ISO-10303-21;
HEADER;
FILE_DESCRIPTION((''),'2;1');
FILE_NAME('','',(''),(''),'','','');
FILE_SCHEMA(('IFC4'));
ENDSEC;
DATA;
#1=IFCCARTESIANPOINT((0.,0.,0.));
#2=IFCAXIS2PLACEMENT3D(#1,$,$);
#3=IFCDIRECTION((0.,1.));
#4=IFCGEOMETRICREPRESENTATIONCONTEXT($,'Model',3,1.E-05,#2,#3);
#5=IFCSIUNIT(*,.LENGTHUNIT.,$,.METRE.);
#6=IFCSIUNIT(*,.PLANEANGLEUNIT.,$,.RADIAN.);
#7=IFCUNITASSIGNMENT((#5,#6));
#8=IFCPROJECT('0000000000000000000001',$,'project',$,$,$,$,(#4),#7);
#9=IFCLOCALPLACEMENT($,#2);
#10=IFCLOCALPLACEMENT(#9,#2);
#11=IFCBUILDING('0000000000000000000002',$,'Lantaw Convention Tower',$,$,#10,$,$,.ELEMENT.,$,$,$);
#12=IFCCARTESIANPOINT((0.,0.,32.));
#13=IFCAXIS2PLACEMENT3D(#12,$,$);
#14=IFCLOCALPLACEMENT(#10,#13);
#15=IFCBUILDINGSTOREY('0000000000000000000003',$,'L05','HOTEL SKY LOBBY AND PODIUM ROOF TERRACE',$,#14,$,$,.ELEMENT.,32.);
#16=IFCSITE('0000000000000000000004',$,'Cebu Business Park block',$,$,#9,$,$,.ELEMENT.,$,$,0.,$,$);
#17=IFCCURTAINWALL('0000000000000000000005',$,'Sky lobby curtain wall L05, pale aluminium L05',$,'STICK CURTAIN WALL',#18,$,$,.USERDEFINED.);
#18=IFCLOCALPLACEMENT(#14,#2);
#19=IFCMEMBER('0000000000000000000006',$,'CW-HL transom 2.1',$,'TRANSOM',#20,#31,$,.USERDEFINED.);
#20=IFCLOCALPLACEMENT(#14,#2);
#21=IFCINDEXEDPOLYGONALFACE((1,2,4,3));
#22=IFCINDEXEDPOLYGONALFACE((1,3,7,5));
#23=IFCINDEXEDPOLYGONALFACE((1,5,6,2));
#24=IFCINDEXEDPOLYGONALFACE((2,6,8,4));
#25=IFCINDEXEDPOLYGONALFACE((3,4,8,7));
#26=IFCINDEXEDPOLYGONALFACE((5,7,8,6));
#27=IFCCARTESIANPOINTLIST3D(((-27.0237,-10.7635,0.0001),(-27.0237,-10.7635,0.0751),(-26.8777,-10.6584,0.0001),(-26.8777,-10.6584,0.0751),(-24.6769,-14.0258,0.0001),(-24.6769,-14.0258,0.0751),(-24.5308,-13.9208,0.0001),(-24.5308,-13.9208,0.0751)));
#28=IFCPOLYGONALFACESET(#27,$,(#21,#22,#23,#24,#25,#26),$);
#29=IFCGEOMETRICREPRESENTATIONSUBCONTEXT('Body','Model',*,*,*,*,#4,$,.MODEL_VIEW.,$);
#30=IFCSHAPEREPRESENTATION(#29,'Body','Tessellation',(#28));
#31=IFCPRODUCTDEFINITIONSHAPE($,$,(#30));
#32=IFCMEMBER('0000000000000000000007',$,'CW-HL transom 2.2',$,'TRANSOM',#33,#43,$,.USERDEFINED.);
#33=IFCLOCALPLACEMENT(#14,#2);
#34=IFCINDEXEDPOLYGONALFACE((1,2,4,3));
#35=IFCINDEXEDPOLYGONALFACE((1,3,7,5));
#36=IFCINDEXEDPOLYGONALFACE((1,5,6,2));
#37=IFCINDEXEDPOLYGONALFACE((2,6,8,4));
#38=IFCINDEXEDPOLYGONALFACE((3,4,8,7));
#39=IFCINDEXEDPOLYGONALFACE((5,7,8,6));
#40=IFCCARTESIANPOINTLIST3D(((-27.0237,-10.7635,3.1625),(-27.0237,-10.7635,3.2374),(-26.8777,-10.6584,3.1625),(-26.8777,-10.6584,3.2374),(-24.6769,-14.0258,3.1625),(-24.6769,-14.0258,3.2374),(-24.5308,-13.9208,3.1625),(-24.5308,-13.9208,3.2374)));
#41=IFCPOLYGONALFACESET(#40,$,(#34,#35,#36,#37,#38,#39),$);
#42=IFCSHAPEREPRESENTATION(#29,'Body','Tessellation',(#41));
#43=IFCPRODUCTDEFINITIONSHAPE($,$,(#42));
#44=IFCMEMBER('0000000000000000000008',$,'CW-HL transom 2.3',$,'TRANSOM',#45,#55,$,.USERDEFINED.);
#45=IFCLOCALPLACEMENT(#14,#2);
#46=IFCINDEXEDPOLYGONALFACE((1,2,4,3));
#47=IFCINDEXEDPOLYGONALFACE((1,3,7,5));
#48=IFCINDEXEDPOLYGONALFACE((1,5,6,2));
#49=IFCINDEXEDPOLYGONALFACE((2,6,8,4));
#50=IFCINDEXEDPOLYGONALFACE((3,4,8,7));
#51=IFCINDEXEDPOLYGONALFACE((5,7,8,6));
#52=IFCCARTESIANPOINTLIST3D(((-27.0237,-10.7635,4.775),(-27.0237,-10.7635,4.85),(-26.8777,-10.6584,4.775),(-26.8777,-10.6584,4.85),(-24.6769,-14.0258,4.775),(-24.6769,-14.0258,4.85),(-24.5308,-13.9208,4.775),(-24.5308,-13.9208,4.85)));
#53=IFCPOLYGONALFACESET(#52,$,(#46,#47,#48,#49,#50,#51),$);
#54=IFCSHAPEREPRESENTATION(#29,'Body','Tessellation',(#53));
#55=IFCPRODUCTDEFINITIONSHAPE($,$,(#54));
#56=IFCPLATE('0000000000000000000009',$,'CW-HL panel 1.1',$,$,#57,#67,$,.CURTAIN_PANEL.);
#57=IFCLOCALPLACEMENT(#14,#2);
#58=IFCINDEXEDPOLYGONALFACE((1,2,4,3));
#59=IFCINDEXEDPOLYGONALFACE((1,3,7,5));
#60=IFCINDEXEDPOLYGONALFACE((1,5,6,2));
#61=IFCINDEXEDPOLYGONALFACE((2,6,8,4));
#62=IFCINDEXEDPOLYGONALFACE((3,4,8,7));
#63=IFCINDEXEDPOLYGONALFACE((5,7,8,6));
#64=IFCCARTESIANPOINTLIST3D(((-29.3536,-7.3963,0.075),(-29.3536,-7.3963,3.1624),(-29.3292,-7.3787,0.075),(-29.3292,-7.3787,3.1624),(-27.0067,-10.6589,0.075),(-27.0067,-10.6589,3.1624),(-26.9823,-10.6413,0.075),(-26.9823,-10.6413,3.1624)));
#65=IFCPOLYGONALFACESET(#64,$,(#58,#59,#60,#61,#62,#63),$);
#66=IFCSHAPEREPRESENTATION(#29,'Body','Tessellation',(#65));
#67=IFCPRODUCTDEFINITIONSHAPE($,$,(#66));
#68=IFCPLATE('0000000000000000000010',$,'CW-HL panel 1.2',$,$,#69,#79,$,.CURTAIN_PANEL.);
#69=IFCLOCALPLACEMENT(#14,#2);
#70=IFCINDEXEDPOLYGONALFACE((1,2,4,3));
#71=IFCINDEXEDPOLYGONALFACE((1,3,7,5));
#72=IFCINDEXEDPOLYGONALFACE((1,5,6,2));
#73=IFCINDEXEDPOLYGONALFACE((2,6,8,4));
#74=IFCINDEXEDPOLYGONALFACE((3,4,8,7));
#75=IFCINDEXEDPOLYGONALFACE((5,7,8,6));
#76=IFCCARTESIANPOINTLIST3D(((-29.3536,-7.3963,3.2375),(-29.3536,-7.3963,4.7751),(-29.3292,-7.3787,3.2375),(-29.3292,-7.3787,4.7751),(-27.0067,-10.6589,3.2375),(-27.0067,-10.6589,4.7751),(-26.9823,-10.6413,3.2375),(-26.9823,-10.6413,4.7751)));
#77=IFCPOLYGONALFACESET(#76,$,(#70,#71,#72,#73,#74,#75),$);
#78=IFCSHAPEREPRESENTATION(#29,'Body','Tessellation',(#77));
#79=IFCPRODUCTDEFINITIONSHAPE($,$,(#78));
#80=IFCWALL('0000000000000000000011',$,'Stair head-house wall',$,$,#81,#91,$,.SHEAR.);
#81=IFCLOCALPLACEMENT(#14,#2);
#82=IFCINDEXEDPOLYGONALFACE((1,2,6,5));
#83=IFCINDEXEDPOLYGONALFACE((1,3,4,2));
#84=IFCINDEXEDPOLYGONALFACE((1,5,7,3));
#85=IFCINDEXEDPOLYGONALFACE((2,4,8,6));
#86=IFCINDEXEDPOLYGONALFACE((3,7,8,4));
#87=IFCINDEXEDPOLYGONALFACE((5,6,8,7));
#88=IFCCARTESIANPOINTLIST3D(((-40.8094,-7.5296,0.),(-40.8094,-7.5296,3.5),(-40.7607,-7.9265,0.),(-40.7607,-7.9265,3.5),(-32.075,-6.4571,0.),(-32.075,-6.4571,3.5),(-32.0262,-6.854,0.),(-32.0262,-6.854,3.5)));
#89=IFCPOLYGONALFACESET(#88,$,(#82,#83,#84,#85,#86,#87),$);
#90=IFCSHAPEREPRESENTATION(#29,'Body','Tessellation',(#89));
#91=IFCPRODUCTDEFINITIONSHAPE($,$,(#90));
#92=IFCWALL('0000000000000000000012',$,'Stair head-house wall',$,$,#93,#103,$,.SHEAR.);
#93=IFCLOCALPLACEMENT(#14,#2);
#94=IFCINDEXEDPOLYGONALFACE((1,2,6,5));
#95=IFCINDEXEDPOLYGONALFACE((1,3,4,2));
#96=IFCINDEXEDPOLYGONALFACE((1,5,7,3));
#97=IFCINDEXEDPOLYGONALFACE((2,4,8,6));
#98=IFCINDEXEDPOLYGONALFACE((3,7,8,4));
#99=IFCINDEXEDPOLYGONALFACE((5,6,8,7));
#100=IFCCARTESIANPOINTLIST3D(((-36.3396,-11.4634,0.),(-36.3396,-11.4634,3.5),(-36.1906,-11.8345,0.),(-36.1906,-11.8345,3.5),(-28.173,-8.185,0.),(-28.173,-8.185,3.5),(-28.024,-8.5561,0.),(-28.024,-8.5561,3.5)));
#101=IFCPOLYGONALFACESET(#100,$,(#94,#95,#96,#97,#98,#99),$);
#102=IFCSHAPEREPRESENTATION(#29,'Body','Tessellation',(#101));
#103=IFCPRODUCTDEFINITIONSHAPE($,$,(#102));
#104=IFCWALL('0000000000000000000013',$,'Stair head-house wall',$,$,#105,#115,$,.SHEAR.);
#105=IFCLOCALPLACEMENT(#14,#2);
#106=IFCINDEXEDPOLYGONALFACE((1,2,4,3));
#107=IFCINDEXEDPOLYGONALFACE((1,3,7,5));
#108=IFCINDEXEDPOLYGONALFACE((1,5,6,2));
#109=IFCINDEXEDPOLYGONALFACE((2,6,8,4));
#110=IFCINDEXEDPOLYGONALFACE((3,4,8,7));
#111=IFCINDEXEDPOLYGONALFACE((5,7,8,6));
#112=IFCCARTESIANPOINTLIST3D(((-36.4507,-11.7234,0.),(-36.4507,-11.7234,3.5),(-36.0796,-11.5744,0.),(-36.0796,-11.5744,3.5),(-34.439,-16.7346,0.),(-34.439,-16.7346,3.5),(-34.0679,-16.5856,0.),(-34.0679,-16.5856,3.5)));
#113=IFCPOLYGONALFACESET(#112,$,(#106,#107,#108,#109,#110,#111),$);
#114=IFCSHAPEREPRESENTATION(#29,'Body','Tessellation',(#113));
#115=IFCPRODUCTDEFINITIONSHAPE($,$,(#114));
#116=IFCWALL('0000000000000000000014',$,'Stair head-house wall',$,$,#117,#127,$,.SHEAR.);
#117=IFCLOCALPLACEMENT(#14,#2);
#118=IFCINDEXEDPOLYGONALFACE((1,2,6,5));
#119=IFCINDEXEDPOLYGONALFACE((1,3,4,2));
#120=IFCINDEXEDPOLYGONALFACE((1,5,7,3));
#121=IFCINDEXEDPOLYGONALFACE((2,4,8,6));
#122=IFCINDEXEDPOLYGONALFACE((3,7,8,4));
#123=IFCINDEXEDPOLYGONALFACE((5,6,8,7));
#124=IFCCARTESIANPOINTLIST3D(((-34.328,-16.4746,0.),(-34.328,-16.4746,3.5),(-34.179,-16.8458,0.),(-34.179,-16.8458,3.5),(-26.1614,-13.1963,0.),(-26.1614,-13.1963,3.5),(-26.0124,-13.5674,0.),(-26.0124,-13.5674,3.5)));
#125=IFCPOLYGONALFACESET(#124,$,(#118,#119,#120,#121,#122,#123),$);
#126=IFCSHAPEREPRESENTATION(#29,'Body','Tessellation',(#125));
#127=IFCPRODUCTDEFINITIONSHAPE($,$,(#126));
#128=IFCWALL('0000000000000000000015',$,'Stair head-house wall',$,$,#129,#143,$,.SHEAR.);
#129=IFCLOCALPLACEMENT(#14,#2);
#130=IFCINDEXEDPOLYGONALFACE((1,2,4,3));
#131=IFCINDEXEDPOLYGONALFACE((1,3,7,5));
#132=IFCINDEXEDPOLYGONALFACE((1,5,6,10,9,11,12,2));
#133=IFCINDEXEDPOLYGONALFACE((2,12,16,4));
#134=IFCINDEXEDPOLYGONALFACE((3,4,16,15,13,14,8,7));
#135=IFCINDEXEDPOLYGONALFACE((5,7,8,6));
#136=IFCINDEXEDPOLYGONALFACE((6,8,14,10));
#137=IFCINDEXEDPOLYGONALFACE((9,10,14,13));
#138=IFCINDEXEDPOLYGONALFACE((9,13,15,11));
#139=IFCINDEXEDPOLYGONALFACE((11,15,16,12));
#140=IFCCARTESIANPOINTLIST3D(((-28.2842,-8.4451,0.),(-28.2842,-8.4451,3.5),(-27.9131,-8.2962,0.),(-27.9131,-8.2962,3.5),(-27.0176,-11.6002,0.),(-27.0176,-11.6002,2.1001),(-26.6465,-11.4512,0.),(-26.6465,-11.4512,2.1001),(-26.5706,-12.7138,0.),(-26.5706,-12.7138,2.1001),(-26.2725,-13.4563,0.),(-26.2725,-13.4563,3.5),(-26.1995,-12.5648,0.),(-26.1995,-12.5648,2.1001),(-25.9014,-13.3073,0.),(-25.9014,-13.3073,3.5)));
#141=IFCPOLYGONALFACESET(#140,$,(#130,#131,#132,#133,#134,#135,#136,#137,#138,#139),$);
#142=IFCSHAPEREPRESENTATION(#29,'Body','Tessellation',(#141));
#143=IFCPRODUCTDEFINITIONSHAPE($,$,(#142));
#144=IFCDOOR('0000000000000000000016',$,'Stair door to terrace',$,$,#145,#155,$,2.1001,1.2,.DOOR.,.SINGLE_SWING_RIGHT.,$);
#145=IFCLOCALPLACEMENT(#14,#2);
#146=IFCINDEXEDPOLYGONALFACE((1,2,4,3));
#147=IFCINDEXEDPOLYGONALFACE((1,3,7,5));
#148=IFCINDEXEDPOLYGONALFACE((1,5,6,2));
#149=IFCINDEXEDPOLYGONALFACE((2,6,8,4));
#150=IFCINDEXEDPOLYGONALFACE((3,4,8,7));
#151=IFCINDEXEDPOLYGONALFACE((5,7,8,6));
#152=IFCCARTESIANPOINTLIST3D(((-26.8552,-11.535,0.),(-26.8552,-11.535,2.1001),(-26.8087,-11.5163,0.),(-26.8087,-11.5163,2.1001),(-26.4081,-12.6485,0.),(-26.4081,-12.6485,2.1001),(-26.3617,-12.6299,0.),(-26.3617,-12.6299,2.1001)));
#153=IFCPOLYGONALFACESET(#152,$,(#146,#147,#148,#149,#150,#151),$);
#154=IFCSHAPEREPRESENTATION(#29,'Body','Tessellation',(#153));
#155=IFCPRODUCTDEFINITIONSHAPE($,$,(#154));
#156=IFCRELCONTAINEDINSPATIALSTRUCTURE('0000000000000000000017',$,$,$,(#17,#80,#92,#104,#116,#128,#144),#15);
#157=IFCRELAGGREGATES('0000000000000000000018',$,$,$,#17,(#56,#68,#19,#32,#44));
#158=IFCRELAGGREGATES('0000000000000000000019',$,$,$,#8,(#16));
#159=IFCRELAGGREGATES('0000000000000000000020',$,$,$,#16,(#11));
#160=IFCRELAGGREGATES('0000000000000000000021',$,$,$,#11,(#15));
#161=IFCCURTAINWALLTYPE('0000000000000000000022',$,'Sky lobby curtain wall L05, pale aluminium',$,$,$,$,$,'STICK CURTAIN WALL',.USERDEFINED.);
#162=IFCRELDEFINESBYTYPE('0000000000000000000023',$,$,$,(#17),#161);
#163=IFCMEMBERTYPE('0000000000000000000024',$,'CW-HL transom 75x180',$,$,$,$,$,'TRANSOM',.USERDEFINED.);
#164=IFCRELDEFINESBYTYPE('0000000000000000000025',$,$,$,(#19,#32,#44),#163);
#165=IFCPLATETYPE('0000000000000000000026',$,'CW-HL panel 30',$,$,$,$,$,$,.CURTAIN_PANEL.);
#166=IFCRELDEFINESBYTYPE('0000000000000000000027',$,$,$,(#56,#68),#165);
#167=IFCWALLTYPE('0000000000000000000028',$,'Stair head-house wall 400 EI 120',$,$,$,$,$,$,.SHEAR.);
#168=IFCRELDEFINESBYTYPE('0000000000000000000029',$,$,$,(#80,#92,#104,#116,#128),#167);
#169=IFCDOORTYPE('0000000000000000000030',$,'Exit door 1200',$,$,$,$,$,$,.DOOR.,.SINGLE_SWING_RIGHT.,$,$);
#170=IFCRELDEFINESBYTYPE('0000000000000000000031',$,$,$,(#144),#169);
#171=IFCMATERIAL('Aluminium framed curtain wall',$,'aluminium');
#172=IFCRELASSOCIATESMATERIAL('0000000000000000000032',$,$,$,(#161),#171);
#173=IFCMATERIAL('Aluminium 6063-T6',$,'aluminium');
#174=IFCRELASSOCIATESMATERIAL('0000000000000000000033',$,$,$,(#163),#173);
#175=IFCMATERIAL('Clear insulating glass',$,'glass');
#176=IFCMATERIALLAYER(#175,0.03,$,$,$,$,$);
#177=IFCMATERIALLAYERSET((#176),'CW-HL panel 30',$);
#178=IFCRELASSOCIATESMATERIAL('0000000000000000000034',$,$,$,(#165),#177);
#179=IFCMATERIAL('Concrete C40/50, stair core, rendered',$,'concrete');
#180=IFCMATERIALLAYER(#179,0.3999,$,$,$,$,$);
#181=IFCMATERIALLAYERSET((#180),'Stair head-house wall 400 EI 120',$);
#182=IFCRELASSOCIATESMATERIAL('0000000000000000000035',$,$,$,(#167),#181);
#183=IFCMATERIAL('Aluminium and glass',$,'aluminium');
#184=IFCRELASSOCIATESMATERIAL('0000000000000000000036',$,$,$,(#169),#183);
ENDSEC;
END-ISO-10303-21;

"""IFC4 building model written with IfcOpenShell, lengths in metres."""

from ifc_helpers import new_model, si_unit, direction, frame, frame_2d, origin, origin_2d, place, context, subcontext, project, spatial, rectangle, extrude, material, layer, layer_set, material_profile, profile_set, type_object, element, fill, aggregate, save


model = new_model("IFC4")

# Units and contexts
model_context = context("Model", 3, precision=1e-05, world=origin(), true_north=direction((0.0, 1.0)))
body_context = subcontext(model_context, "Body", "Model", "MODEL_VIEW")
ifc_project = project(units=[si_unit("LENGTHUNIT", "METRE"), si_unit("PLANEANGLEUNIT", "RADIAN")], contexts=[model_context])

# Site, building, storey
site_placement = place(None, origin())
site = spatial("IfcSite", under=ifc_project, at=site_placement, Name="Cebu Business Park block", CompositionType="ELEMENT", RefElevation=0.0)
building_placement = place(site_placement, origin())
building = spatial("IfcBuilding", under=site, at=building_placement, Name="Lantaw Convention Tower", CompositionType="ELEMENT")
storey_placement = place(building_placement, frame((0.0, 0.0, 32.0)))
storey = spatial("IfcBuildingStorey", under=building, at=storey_placement, Name="L05", Description="HOTEL SKY LOBBY AND PODIUM ROOF TERRACE", CompositionType="ELEMENT", Elevation=32.0)

# Curtain wall, members, plates
ifc_material_1 = material(Name="Aluminium framed curtain wall", Category="aluminium")
curtain_wall_type = type_object("IfcCurtainWallType", Name="Sky lobby curtain wall L05, pale aluminium", ElementType="STICK CURTAIN WALL", PredefinedType="USERDEFINED", material=ifc_material_1)
curtain_wall_placement = place(storey_placement, origin())
curtain_wall = element("IfcCurtainWall", 1, at=curtain_wall_placement, inside=storey, type_object=curtain_wall_type, Name="Sky lobby curtain wall L05, pale aluminium L05", ObjectType="STICK CURTAIN WALL", PredefinedType="USERDEFINED")
ifc_material_2 = material(Name="Aluminium 6063-T6", Category="aluminium")
ifc_material_profile_1 = material_profile(ifc_material_2, rectangle(XDim=0.1799, YDim=0.075, at=origin_2d()), Name="CW-HL transom 75x180")
ifc_profile_set_1 = profile_set([ifc_material_profile_1], Name="Aluminium 6063-T6")
member_type_1 = type_object("IfcMemberType", Name="CW-HL transom 75x180", ElementType="TRANSOM", PredefinedType="USERDEFINED", material=ifc_profile_set_1)
member_1_placement = place(storey_placement, frame((-26.9507, -10.7109, 0.0376), z_axis=(0.58397, -0.811775, 0.0), x_axis=(0.811775, 0.58397, 0.0)))
member_1 = element("IfcMember", 2, at=member_1_placement, type_object=member_type_1, Name="CW-HL transom 2.1", ObjectType="TRANSOM", PredefinedType="USERDEFINED", context=body_context, shape_type="SweptSolid", body=[
    extrude(rectangle(XDim=0.1799, YDim=0.075, at=origin_2d()), origin(), (0.0, 0.0, 1.0), 4.0188),
])
member_2_placement = place(storey_placement, frame((-26.9507, -10.7109, 3.2), z_axis=(0.58397, -0.811775, 0.0), x_axis=(0.811775, 0.58397, 0.0)))
member_2 = element("IfcMember", 3, at=member_2_placement, type_object=member_type_1, Name="CW-HL transom 2.2", ObjectType="TRANSOM", PredefinedType="USERDEFINED", context=body_context, shape_type="SweptSolid", body=[
    extrude(rectangle(XDim=0.1799, YDim=0.075, at=origin_2d()), origin(), (0.0, 0.0, 1.0), 4.0188),
])
member_3_placement = place(storey_placement, frame((-26.9507, -10.7109, 4.8125), z_axis=(0.58397, -0.811775, 0.0), x_axis=(0.811775, 0.58397, 0.0)))
member_3 = element("IfcMember", 4, at=member_3_placement, type_object=member_type_1, Name="CW-HL transom 2.3", ObjectType="TRANSOM", PredefinedType="USERDEFINED", context=body_context, shape_type="SweptSolid", body=[
    extrude(rectangle(XDim=0.1799, YDim=0.075, at=origin_2d()), origin(), (0.0, 0.0, 1.0), 4.0188),
])
ifc_material_3 = material(Name="Clear insulating glass", Category="glass")
ifc_layer_1 = layer(ifc_material_3, 0.03)
ifc_layer_set_1 = layer_set([ifc_layer_1], Name="CW-HL panel 30")
plate_type = type_object("IfcPlateType", Name="CW-HL panel 30", PredefinedType="CURTAIN_PANEL", material=ifc_layer_set_1)
plate_1_placement = place(storey_placement, frame((-28.168, -9.0188, 0.075), z_axis=(0.0, 0.0, 1.0), x_axis=(0.583951, -0.811789, 0.0)))
plate_1 = element("IfcPlate", 5, at=plate_1_placement, type_object=plate_type, Name="CW-HL panel 1.1", PredefinedType="CURTAIN_PANEL", context=body_context, shape_type="SweptSolid", body=[
    extrude(rectangle(XDim=4.019, YDim=0.03, at=origin_2d()), origin(), (0.0, 0.0, 1.0), 3.0874),
])
plate_2_placement = place(storey_placement, frame((-28.168, -9.0188, 3.2375), z_axis=(0.0, 0.0, 1.0), x_axis=(0.583951, -0.811789, 0.0)))
plate_2 = element("IfcPlate", 6, at=plate_2_placement, type_object=plate_type, Name="CW-HL panel 1.2", PredefinedType="CURTAIN_PANEL", context=body_context, shape_type="SweptSolid", body=[
    extrude(rectangle(XDim=4.019, YDim=0.03, at=origin_2d()), origin(), (0.0, 0.0, 1.0), 1.5376),
])
aggregate(curtain_wall, [plate_1, plate_2, member_1, member_2, member_3])

# Walls
ifc_material_4 = material(Name="Concrete C40/50, stair core, rendered", Category="concrete")
ifc_layer_2 = layer(ifc_material_4, 0.3999)
ifc_layer_set_2 = layer_set([ifc_layer_2], Name="Stair head-house wall 400 EI 120")
wall_type = type_object("IfcWallType", Name="Stair head-house wall 400 EI 120", PredefinedType="SHEAR", material=ifc_layer_set_2)
for number, where, z_axis, x_axis, name in (
    (7, (-40.7849, -7.728, 0.0), (0.0, 0.0, 1.0), (0.992545, 0.121876, 0.0), "Stair head-house wall"),
    (8, (-28.0986, -8.3706, 0.0), (0.0, 0.0, 1.0), (-0.928017, -0.372538, 0.0), "Stair head-house wall"),
):
    element("IfcWall", number, at=place(storey_placement, frame(where, z_axis=z_axis, x_axis=x_axis)), inside=storey, type_object=wall_type, Name=name, PredefinedType="SHEAR", context=body_context, shape_type="SweptSolid", body=[
        extrude(rectangle(XDim=8.8, YDim=0.3999, at=frame_2d((4.3999, 0.0))), origin(), (0.0, 0.0, 1.0), 3.5),
    ])
wall_1_placement = place(storey_placement, frame((-36.2651, -11.6489, 0.0), z_axis=(0.0, 0.0, 1.0), x_axis=(0.372544, -0.928015, 0.0)))
element("IfcWall", 9, at=wall_1_placement, inside=storey, type_object=wall_type, Name="Stair head-house wall", PredefinedType="SHEAR", context=body_context, shape_type="SweptSolid", body=[
    extrude(rectangle(XDim=5.3999, YDim=0.3999, at=frame_2d((2.7, 0.0))), origin(), (0.0, 0.0, 1.0), 3.5),
])
wall_2_placement = place(storey_placement, frame((-34.2534, -16.6602, 0.0), z_axis=(0.0, 0.0, 1.0), x_axis=(0.928017, 0.372538, 0.0)))
element("IfcWall", 10, at=wall_2_placement, inside=storey, type_object=wall_type, Name="Stair head-house wall", PredefinedType="SHEAR", context=body_context, shape_type="SweptSolid", body=[
    extrude(rectangle(XDim=8.8, YDim=0.3999, at=frame_2d((4.3999, 0.0))), origin(), (0.0, 0.0, 1.0), 3.5),
])

# Wall, opening, door
wall_3_placement = place(storey_placement, frame((-26.0869, -13.3818, 0.0), z_axis=(0.0, 0.0, 1.0), x_axis=(-0.372544, 0.928015, 0.0)))
wall_3 = element("IfcWall", 11, at=wall_3_placement, inside=storey, type_object=wall_type, Name="Stair head-house wall", PredefinedType="SHEAR", context=body_context, shape_type="SweptSolid", body=[
    extrude(rectangle(XDim=5.3999, YDim=0.3999, at=frame_2d((2.7, 0.0))), origin(), (0.0, 0.0, 1.0), 3.5),
])
opening_placement = place(wall_3_placement, frame((0.8, 0.0, 0.0)))
opening = element("IfcOpeningElement", 12, at=opening_placement, cuts=wall_3, PredefinedType="OPENING", context=body_context, shape_type="SweptSolid", body=[
    extrude(rectangle(XDim=1.2, YDim=2.1001, at=frame_2d((0.6001, 1.05))), frame((0.0, 0.21, 0.0), z_axis=(0.0, -1.0, 0.0), x_axis=(1.0, 0.0, 0.0)), (0.0, 0.0, 1.0), 0.4199),
])
ifc_material_5 = material(Name="Aluminium and glass", Category="aluminium")
door_type = type_object("IfcDoorType", Name="Exit door 1200", OperationType="SINGLE_SWING_RIGHT", PredefinedType="DOOR", material=ifc_material_5)
door_placement = place(opening_placement, origin())
door = element("IfcDoor", 13, at=door_placement, inside=storey, type_object=door_type, Name="Stair door to terrace", OperationType="SINGLE_SWING_RIGHT", OverallHeight=2.1001, OverallWidth=1.2, PredefinedType="DOOR", context=body_context, shape_type="SweptSolid", body=[
    extrude(rectangle(XDim=1.2, YDim=2.1001, at=frame_2d((0.6001, 1.05))), frame((0.0, 0.0249, 0.0), z_axis=(0.0, -1.0, 0.0), x_axis=(1.0, 0.0, 0.0)), (0.0, 0.0, 1.0), 0.05),
])
fill(opening, door)

save(model, "model.ifc")
